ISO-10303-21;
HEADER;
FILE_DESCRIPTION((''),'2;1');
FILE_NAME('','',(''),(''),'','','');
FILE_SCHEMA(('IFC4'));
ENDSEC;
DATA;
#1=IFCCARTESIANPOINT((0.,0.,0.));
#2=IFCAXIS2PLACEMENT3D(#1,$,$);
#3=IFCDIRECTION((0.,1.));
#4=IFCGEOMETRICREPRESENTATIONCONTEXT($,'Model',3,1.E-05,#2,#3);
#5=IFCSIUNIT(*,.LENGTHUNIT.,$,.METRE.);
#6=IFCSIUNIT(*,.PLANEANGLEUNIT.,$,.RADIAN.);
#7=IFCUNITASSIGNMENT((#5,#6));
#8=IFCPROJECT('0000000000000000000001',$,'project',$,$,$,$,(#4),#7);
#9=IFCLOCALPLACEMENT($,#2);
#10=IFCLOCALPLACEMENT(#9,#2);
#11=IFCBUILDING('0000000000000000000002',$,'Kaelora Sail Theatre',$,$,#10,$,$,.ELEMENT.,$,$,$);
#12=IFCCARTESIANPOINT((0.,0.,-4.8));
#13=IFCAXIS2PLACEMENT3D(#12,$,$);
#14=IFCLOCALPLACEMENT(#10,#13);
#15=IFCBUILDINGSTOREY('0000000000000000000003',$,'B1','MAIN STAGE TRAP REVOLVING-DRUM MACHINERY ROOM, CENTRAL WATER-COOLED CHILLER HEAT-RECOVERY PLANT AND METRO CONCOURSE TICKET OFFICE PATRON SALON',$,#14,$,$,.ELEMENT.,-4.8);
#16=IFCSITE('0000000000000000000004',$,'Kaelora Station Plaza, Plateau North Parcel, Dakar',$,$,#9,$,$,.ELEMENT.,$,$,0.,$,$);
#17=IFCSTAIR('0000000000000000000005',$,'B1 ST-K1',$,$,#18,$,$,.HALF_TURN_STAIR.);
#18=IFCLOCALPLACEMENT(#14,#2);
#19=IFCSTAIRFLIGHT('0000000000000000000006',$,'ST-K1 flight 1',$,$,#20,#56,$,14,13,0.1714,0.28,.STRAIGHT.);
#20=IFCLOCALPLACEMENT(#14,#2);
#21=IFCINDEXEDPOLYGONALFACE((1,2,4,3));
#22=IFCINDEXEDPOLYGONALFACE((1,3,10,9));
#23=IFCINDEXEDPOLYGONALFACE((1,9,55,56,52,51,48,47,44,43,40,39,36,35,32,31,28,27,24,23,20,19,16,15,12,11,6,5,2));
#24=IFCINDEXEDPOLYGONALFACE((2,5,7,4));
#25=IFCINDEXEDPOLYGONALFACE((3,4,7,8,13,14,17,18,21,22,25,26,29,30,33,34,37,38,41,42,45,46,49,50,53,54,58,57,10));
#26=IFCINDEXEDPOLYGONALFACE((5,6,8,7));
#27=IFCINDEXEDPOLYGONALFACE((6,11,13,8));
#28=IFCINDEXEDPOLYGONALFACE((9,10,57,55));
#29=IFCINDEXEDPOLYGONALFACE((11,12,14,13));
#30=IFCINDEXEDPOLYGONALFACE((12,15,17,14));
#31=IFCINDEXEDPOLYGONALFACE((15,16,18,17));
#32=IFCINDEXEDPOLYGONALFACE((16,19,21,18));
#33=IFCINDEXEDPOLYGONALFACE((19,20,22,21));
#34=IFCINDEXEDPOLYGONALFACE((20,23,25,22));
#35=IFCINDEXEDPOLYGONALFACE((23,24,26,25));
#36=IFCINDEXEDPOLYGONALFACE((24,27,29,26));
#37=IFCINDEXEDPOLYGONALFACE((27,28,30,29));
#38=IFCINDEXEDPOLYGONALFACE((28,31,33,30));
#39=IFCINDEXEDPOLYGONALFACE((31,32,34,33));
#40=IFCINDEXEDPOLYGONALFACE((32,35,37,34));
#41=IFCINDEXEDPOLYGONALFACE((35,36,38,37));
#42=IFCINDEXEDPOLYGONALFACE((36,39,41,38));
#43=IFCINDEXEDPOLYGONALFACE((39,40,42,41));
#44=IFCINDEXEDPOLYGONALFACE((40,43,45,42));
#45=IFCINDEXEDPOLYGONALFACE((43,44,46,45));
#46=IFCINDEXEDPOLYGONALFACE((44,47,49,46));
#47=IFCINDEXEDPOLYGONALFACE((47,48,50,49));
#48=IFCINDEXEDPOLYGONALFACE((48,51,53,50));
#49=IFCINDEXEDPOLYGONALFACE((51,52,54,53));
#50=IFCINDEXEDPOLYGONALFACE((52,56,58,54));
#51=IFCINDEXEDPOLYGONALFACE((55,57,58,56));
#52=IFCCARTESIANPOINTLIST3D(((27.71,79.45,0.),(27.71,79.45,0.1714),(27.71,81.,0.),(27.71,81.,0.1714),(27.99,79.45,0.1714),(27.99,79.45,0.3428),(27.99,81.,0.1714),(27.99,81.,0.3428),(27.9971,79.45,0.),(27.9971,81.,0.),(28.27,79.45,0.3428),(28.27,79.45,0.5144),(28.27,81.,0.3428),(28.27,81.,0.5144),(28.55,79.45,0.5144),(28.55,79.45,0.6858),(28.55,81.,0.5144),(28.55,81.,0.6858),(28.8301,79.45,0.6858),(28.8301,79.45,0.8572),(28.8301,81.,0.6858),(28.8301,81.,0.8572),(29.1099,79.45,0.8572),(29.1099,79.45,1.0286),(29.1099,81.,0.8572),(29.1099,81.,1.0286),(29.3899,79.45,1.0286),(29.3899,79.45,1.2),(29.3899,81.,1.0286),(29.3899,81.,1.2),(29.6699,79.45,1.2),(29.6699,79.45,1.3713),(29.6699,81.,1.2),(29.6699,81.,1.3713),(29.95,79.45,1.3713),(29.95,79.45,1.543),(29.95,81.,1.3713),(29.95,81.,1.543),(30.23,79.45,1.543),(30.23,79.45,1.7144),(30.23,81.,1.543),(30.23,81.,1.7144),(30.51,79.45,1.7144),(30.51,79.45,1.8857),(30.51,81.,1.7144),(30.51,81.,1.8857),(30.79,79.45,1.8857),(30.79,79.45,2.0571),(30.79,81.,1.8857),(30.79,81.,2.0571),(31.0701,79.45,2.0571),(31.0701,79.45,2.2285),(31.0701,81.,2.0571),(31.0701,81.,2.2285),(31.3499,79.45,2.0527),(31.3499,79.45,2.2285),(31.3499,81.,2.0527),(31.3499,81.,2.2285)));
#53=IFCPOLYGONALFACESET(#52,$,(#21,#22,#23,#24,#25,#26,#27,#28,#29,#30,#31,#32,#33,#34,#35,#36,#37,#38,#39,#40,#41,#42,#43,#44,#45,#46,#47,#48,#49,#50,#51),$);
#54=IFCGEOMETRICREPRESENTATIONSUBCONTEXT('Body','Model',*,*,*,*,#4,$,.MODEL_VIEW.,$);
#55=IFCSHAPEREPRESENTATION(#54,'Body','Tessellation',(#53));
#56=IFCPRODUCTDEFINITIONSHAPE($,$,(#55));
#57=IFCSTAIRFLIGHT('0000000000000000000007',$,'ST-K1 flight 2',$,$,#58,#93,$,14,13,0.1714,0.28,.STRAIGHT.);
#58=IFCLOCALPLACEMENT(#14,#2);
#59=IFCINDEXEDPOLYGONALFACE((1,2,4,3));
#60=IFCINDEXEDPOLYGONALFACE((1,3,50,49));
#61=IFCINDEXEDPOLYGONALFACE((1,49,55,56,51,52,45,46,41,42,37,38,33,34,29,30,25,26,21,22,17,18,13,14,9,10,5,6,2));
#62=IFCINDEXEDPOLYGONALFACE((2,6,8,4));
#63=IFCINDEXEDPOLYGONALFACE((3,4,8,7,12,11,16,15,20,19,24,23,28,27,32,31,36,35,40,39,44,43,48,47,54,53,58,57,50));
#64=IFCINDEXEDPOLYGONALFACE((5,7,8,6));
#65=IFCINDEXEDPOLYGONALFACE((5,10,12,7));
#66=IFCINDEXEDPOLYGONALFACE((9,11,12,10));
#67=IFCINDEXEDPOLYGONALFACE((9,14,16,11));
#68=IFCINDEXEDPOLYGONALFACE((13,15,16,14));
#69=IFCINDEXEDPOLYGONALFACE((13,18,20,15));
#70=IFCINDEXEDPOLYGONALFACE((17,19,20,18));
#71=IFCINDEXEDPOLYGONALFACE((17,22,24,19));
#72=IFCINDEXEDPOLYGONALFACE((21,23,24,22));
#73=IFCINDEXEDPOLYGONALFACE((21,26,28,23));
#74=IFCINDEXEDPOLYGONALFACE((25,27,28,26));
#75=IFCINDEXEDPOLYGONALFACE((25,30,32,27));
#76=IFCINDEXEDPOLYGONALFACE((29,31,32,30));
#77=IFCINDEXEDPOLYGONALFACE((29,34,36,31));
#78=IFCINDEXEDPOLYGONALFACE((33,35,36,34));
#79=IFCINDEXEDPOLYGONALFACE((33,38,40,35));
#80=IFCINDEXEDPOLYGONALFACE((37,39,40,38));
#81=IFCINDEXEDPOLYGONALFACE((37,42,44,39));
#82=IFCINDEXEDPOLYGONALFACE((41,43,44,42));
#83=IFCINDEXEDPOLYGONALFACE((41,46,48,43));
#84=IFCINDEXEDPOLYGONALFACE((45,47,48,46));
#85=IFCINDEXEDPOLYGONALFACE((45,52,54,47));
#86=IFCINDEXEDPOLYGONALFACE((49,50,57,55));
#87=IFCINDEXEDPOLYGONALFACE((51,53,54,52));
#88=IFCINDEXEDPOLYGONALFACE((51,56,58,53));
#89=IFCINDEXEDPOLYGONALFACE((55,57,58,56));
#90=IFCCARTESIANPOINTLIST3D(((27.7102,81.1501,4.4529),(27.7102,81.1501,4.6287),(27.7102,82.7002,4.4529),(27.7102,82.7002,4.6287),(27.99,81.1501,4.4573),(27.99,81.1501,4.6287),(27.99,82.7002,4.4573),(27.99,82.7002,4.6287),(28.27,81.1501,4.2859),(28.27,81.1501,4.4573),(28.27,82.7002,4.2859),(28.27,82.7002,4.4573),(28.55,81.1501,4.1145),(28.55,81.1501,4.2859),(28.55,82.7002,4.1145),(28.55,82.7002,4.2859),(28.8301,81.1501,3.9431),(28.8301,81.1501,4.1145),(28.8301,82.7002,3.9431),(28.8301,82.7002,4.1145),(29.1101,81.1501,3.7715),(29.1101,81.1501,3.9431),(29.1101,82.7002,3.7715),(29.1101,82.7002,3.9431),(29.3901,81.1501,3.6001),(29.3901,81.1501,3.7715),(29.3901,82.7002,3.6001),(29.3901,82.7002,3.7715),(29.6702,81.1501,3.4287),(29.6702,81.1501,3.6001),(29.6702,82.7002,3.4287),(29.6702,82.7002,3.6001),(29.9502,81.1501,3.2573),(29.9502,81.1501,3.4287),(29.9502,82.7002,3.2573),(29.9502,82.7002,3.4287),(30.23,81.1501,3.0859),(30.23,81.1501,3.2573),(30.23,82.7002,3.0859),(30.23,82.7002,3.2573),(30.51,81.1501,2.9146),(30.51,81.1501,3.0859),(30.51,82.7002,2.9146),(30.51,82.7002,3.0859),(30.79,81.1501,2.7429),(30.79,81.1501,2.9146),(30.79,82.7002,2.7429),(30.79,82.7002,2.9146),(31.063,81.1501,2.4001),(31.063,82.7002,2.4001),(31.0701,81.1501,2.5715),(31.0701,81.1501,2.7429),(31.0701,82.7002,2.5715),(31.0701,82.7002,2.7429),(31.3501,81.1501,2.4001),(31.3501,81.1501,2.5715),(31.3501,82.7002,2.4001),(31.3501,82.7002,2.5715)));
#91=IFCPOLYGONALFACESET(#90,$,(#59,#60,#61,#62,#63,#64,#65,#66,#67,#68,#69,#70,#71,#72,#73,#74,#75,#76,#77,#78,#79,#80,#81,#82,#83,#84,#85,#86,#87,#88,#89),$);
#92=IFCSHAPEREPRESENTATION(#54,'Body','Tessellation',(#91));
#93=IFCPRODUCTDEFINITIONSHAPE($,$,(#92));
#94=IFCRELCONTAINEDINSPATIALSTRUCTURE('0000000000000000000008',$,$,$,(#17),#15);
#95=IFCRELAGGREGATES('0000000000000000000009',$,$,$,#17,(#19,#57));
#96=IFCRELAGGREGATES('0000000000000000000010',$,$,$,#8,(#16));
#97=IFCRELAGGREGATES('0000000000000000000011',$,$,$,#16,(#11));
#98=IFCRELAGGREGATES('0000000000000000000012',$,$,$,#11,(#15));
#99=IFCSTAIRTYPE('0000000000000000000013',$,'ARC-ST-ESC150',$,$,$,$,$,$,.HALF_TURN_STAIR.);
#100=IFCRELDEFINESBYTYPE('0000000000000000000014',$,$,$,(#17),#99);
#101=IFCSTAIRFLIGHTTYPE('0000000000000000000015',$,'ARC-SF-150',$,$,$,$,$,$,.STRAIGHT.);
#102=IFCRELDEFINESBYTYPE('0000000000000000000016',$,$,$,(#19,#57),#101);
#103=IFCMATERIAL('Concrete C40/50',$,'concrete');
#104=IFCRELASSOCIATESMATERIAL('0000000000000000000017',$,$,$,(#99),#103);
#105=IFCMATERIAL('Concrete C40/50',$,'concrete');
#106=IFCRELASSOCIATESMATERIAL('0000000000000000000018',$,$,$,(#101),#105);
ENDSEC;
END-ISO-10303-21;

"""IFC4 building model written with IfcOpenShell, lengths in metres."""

from ifc_helpers import new_model, si_unit, direction, frame, origin, place, context, subcontext, project, spatial, polyline, outline, extrude, material, type_object, element, aggregate, save


model = new_model("IFC4")

# Units and contexts
model_context = context("Model", 3, precision=1e-05, world=origin(), true_north=direction((0.0, 1.0)))
body_context = subcontext(model_context, "Body", "Model", "MODEL_VIEW")
ifc_project = project(units=[si_unit("LENGTHUNIT", "METRE"), si_unit("PLANEANGLEUNIT", "RADIAN")], contexts=[model_context])

# Site, building, storey
site_placement = place(None, origin())
site = spatial("IfcSite", under=ifc_project, at=site_placement, Name="Kaelora Station Plaza, Plateau North Parcel, Dakar", CompositionType="ELEMENT", RefElevation=0.0)
building_placement = place(site_placement, origin())
building = spatial("IfcBuilding", under=site, at=building_placement, Name="Kaelora Sail Theatre", CompositionType="ELEMENT")
storey_placement = place(building_placement, frame((0.0, 0.0, -4.8)))
storey = spatial("IfcBuildingStorey", under=building, at=storey_placement, Name="B1", Description="MAIN STAGE TRAP REVOLVING-DRUM MACHINERY ROOM, CENTRAL WATER-COOLED CHILLER HEAT-RECOVERY PLANT AND METRO CONCOURSE TICKET OFFICE PATRON SALON", CompositionType="ELEMENT", Elevation=-4.8)

# Stair, stair flights
ifc_material_1 = material(Name="Concrete C40/50", Category="concrete")
stair_type = type_object("IfcStairType", Name="ARC-ST-ESC150", PredefinedType="HALF_TURN_STAIR", material=ifc_material_1)
stair_placement = place(storey_placement, origin())
stair = element("IfcStair", 1, at=stair_placement, inside=storey, type_object=stair_type, Name="B1 ST-K1", PredefinedType="HALF_TURN_STAIR")
ifc_material_2 = material(Name="Concrete C40/50", Category="concrete")
stair_flight_type = type_object("IfcStairFlightType", Name="ARC-SF-150", PredefinedType="STRAIGHT", material=ifc_material_2)
stair_flight_1_placement = place(storey_placement, frame((27.71, 80.2251, 0.0), z_axis=(0.0, 0.0, 1.0), x_axis=(1.0, 0.0, 0.0)))
stair_flight_1 = element("IfcStairFlight", 2, at=stair_flight_1_placement, type_object=stair_flight_type, Name="ST-K1 flight 1", NumberOfRisers=14, NumberOfTreads=13, PredefinedType="STRAIGHT", RiserHeight=0.1714, TreadLength=0.28, context=body_context, shape_type="SweptSolid", body=[
    extrude(outline(polyline([(0.0, 0.0), (0.0, 0.1714), (0.28, 0.1714), (0.28, 0.3428), (0.5601, 0.3428), (0.5601, 0.5144), (0.8401, 0.5144), (0.8401, 0.6858), (1.1201, 0.6858), (1.1201, 0.8572), (1.3999, 0.8572), (1.3999, 1.0286), (1.6799, 1.0286), (1.6799, 1.2), (1.96, 1.2), (1.96, 1.3713), (2.24, 1.3713), (2.24, 1.543), (2.52, 1.543), (2.52, 1.7144), (2.8, 1.7144), (2.8, 1.8857), (3.0801, 1.8857), (3.0801, 2.0571), (3.3601, 2.0571), (3.3601, 2.2285), (3.6399, 2.2285), (3.6399, 2.3999), (3.6399, 2.0527), (0.2871, 0.0), (0.0, 0.0)])), frame((0.0, 0.7749, 0.0), z_axis=(0.0, -1.0, 0.0), x_axis=(1.0, 0.0, 0.0)), (0.0, 0.0, 1.0), 1.55),
])
stair_flight_2_placement = place(storey_placement, frame((31.3501, 81.925, 2.4001), z_axis=(0.0, 0.0, 1.0), x_axis=(-1.0, 0.0, 0.0)))
stair_flight_2 = element("IfcStairFlight", 3, at=stair_flight_2_placement, type_object=stair_flight_type, Name="ST-K1 flight 2", NumberOfRisers=14, NumberOfTreads=13, PredefinedType="STRAIGHT", RiserHeight=0.1714, TreadLength=0.28, context=body_context, shape_type="SweptSolid", body=[
    extrude(outline(polyline([(0.0, 0.0), (0.0, 0.1714), (0.28, 0.1714), (0.28, 0.3428), (0.5601, 0.3428), (0.5601, 0.5144), (0.8401, 0.5144), (0.8401, 0.6858), (1.1201, 0.6858), (1.1201, 0.8572), (1.3999, 0.8572), (1.3999, 1.0286), (1.6799, 1.0286), (1.6799, 1.2), (1.96, 1.2), (1.96, 1.3713), (2.24, 1.3713), (2.24, 1.543), (2.52, 1.543), (2.52, 1.7144), (2.8, 1.7144), (2.8, 1.8857), (3.0801, 1.8857), (3.0801, 2.0571), (3.3601, 2.0571), (3.3601, 2.2285), (3.6399, 2.2285), (3.6399, 2.3999), (3.6399, 2.0527), (0.2871, 0.0), (0.0, 0.0)])), frame((0.0, 0.7749, 0.0), z_axis=(0.0, -1.0, 0.0), x_axis=(1.0, 0.0, 0.0)), (0.0, 0.0, 1.0), 1.55),
])
aggregate(stair, [stair_flight_1, stair_flight_2])

save(model, "model.ifc")
